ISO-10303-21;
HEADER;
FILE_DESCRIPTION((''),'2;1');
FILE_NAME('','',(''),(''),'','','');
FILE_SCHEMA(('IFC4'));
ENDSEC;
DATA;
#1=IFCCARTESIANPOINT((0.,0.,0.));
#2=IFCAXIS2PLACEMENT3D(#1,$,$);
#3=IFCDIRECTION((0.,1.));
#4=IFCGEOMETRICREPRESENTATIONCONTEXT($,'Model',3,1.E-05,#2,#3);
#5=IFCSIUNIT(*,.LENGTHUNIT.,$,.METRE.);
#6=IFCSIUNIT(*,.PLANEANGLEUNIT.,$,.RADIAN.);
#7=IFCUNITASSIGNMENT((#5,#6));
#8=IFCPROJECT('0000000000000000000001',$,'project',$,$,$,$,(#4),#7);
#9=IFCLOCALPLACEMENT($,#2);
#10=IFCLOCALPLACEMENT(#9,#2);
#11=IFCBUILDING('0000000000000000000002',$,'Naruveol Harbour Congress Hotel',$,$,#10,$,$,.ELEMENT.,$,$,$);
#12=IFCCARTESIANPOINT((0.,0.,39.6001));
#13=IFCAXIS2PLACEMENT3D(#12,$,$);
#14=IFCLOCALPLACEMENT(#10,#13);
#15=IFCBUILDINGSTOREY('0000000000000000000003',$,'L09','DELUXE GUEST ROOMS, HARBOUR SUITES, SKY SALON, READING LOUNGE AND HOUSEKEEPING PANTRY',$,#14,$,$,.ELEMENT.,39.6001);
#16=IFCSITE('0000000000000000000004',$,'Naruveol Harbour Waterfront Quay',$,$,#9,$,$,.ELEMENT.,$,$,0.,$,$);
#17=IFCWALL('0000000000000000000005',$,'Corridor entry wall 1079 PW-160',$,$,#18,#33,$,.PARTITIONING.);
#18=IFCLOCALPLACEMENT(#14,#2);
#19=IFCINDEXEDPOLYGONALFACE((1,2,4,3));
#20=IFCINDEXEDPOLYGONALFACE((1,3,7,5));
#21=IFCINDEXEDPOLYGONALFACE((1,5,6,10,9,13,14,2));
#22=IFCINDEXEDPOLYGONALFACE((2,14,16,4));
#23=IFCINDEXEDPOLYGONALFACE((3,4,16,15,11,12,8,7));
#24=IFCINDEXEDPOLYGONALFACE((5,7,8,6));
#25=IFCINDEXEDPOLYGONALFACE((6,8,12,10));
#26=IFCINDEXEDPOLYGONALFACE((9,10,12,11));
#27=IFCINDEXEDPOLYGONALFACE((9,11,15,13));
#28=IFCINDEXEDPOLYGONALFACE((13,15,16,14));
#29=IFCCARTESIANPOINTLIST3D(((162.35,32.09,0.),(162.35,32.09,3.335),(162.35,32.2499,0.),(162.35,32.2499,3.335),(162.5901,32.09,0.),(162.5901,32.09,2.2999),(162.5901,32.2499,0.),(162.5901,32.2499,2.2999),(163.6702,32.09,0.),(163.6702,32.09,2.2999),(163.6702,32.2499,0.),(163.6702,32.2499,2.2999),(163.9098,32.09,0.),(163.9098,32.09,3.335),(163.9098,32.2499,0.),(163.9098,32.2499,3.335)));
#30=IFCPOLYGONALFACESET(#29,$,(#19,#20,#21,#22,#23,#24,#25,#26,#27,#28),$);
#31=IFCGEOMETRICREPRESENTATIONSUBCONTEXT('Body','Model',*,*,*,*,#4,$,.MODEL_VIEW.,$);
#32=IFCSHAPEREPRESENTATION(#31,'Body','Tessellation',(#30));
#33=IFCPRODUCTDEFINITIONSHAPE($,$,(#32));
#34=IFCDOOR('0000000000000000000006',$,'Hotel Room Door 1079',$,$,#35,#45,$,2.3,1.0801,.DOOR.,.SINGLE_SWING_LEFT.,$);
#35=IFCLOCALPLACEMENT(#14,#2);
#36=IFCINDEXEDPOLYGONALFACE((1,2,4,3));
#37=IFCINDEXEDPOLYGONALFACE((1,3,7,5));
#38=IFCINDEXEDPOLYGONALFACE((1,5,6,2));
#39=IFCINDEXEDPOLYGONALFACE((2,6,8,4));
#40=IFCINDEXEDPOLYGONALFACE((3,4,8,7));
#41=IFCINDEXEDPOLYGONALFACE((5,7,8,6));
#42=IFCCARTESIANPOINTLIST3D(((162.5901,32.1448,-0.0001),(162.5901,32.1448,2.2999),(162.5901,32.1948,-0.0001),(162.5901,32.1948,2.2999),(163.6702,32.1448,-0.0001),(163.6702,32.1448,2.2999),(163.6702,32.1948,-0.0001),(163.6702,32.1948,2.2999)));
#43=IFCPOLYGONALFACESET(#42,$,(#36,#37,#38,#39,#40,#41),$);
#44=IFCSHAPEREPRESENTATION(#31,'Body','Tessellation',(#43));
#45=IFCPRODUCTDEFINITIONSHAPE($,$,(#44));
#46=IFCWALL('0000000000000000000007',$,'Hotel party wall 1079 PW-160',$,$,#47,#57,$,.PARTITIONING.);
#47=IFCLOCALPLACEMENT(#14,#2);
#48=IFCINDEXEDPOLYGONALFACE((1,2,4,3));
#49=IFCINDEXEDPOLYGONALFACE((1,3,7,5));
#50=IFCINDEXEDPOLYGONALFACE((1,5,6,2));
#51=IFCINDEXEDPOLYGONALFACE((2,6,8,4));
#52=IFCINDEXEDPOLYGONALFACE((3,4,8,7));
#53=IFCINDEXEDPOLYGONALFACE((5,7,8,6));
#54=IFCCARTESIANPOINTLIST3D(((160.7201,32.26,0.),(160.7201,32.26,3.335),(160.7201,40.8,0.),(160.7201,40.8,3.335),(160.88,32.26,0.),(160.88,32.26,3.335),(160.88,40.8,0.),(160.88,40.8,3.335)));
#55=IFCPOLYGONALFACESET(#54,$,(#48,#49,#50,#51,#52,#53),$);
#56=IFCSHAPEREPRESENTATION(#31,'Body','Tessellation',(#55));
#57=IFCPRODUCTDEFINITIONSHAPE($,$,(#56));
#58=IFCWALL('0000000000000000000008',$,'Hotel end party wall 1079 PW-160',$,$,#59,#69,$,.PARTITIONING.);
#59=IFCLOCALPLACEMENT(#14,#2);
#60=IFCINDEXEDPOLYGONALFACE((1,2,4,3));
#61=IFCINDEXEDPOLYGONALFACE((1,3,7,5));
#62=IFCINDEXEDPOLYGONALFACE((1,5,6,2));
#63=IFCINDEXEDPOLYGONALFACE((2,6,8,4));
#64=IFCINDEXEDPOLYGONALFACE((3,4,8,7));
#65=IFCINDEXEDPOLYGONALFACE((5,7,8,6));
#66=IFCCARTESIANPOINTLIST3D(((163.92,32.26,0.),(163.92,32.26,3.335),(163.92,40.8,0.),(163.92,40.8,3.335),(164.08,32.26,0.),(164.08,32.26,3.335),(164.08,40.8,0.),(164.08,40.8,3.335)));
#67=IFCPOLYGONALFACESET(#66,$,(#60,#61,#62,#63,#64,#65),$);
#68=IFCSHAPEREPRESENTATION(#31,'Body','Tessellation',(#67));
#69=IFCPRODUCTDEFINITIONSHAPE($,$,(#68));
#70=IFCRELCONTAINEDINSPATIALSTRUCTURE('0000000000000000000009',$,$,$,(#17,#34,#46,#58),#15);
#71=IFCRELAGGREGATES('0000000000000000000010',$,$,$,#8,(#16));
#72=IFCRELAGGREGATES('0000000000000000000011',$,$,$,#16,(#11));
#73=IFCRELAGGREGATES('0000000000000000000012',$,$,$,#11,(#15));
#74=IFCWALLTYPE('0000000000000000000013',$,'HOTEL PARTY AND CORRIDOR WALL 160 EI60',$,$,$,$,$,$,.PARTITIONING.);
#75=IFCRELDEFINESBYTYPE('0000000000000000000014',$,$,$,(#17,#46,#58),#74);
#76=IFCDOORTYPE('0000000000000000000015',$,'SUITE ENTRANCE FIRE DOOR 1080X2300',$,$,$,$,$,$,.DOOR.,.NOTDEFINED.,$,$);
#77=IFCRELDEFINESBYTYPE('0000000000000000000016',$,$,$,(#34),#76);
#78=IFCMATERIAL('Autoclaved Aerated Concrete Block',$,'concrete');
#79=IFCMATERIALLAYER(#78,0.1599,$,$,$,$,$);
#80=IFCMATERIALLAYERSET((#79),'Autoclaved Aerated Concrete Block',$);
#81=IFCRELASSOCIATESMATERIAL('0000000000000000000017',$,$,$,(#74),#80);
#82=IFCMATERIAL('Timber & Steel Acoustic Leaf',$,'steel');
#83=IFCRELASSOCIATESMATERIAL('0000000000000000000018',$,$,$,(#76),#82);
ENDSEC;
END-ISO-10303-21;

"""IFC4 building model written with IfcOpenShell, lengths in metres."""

from ifc_helpers import new_model, si_unit, direction, frame, frame_2d, origin, place, context, subcontext, project, spatial, rectangle, extrude, material, layer, layer_set, type_object, element, fill, save


model = new_model("IFC4")

# Units and contexts
model_context = context("Model", 3, precision=1e-05, world=origin(), true_north=direction((0.0, 1.0)))
body_context = subcontext(model_context, "Body", "Model", "MODEL_VIEW")
ifc_project = project(units=[si_unit("LENGTHUNIT", "METRE"), si_unit("PLANEANGLEUNIT", "RADIAN")], contexts=[model_context])

# Site, building, storey
site_placement = place(None, origin())
site = spatial("IfcSite", under=ifc_project, at=site_placement, Name="Naruveol Harbour Waterfront Quay", CompositionType="ELEMENT", RefElevation=0.0)
building_placement = place(site_placement, origin())
building = spatial("IfcBuilding", under=site, at=building_placement, Name="Naruveol Harbour Congress Hotel", CompositionType="ELEMENT")
storey_placement = place(building_placement, frame((0.0, 0.0, 39.6001)))
storey = spatial("IfcBuildingStorey", under=building, at=storey_placement, Name="L09", Description="DELUXE GUEST ROOMS, HARBOUR SUITES, SKY SALON, READING LOUNGE AND HOUSEKEEPING PANTRY", CompositionType="ELEMENT", Elevation=39.6001)

# Shared definitions
ifc_material_1 = material(Name="Autoclaved Aerated Concrete Block", Category="concrete")
ifc_layer_1 = layer(ifc_material_1, 0.1599)
ifc_layer_set_1 = layer_set([ifc_layer_1], Name="Autoclaved Aerated Concrete Block")
wall_type_1 = type_object("IfcWallType", Name="HOTEL PARTY AND CORRIDOR WALL 160 EI60", PredefinedType="PARTITIONING", material=ifc_layer_set_1)

# Wall, opening, door
wall_1_placement = place(storey_placement, frame((162.3501, 32.1699, 0.0), z_axis=(0.0, 0.0, 1.0), x_axis=(1.0, 0.0, 0.0)))
wall_1 = element("IfcWall", 1, at=wall_1_placement, inside=storey, type_object=wall_type_1, Name="Corridor entry wall 1079 PW-160", PredefinedType="PARTITIONING", context=body_context, shape_type="SweptSolid", body=[
    extrude(rectangle(XDim=1.5598, YDim=0.1599, at=frame_2d((0.7798, 0.0))), origin(), (0.0, 0.0, 1.0), 3.335),
])
opening_1_placement = place(wall_1_placement, frame((0.24, 0.0, 0.0)))
opening_1 = element("IfcOpeningElement", 2, at=opening_1_placement, cuts=wall_1, PredefinedType="OPENING", context=body_context, shape_type="SweptSolid", body=[
    extrude(rectangle(XDim=1.0801, YDim=2.3, at=frame_2d((0.54, 1.1499))), frame((0.0, 0.0898, 0.0), z_axis=(0.0, -1.0, 0.0), x_axis=(1.0, 0.0, 0.0)), (0.0, 0.0, 1.0), 0.1799),
])
ifc_material_2 = material(Name="Timber & Steel Acoustic Leaf", Category="steel")
door_type_1 = type_object("IfcDoorType", Name="SUITE ENTRANCE FIRE DOOR 1080X2300", OperationType="NOTDEFINED", PredefinedType="DOOR", material=ifc_material_2)
door_1_placement = place(opening_1_placement, origin())
door_1 = element("IfcDoor", 3, at=door_1_placement, inside=storey, type_object=door_type_1, Name="Hotel Room Door 1079", OperationType="SINGLE_SWING_LEFT", OverallHeight=2.3, OverallWidth=1.0801, PredefinedType="DOOR", context=body_context, shape_type="SweptSolid", body=[
    extrude(rectangle(XDim=1.0801, YDim=2.3, at=frame_2d((0.54, 1.1499))), frame((0.0, 0.0249, 0.0), z_axis=(0.0, -1.0, 0.0), x_axis=(1.0, 0.0, 0.0)), (0.0, 0.0, 1.0), 0.05),
])
fill(opening_1, door_1)

# Walls
for number, where, z_axis, x_axis, name in (
    (4, (160.8, 32.26, 0.0), (0.0, 0.0, 1.0), (0.0, 1.0, 0.0), "Hotel party wall 1079 PW-160"),
    (5, (164.0, 32.26, 0.0), (0.0, 0.0, 1.0), (0.0, 1.0, 0.0), "Hotel end party wall 1079 PW-160"),
):
    element("IfcWall", number, at=place(storey_placement, frame(where, z_axis=z_axis, x_axis=x_axis)), inside=storey, type_object=wall_type_1, Name=name, PredefinedType="PARTITIONING", context=body_context, shape_type="SweptSolid", body=[
        extrude(rectangle(XDim=8.54, YDim=0.1599, at=frame_2d((4.27, 0.0))), origin(), (0.0, 0.0, 1.0), 3.335),
    ])

save(model, "model.ifc")
